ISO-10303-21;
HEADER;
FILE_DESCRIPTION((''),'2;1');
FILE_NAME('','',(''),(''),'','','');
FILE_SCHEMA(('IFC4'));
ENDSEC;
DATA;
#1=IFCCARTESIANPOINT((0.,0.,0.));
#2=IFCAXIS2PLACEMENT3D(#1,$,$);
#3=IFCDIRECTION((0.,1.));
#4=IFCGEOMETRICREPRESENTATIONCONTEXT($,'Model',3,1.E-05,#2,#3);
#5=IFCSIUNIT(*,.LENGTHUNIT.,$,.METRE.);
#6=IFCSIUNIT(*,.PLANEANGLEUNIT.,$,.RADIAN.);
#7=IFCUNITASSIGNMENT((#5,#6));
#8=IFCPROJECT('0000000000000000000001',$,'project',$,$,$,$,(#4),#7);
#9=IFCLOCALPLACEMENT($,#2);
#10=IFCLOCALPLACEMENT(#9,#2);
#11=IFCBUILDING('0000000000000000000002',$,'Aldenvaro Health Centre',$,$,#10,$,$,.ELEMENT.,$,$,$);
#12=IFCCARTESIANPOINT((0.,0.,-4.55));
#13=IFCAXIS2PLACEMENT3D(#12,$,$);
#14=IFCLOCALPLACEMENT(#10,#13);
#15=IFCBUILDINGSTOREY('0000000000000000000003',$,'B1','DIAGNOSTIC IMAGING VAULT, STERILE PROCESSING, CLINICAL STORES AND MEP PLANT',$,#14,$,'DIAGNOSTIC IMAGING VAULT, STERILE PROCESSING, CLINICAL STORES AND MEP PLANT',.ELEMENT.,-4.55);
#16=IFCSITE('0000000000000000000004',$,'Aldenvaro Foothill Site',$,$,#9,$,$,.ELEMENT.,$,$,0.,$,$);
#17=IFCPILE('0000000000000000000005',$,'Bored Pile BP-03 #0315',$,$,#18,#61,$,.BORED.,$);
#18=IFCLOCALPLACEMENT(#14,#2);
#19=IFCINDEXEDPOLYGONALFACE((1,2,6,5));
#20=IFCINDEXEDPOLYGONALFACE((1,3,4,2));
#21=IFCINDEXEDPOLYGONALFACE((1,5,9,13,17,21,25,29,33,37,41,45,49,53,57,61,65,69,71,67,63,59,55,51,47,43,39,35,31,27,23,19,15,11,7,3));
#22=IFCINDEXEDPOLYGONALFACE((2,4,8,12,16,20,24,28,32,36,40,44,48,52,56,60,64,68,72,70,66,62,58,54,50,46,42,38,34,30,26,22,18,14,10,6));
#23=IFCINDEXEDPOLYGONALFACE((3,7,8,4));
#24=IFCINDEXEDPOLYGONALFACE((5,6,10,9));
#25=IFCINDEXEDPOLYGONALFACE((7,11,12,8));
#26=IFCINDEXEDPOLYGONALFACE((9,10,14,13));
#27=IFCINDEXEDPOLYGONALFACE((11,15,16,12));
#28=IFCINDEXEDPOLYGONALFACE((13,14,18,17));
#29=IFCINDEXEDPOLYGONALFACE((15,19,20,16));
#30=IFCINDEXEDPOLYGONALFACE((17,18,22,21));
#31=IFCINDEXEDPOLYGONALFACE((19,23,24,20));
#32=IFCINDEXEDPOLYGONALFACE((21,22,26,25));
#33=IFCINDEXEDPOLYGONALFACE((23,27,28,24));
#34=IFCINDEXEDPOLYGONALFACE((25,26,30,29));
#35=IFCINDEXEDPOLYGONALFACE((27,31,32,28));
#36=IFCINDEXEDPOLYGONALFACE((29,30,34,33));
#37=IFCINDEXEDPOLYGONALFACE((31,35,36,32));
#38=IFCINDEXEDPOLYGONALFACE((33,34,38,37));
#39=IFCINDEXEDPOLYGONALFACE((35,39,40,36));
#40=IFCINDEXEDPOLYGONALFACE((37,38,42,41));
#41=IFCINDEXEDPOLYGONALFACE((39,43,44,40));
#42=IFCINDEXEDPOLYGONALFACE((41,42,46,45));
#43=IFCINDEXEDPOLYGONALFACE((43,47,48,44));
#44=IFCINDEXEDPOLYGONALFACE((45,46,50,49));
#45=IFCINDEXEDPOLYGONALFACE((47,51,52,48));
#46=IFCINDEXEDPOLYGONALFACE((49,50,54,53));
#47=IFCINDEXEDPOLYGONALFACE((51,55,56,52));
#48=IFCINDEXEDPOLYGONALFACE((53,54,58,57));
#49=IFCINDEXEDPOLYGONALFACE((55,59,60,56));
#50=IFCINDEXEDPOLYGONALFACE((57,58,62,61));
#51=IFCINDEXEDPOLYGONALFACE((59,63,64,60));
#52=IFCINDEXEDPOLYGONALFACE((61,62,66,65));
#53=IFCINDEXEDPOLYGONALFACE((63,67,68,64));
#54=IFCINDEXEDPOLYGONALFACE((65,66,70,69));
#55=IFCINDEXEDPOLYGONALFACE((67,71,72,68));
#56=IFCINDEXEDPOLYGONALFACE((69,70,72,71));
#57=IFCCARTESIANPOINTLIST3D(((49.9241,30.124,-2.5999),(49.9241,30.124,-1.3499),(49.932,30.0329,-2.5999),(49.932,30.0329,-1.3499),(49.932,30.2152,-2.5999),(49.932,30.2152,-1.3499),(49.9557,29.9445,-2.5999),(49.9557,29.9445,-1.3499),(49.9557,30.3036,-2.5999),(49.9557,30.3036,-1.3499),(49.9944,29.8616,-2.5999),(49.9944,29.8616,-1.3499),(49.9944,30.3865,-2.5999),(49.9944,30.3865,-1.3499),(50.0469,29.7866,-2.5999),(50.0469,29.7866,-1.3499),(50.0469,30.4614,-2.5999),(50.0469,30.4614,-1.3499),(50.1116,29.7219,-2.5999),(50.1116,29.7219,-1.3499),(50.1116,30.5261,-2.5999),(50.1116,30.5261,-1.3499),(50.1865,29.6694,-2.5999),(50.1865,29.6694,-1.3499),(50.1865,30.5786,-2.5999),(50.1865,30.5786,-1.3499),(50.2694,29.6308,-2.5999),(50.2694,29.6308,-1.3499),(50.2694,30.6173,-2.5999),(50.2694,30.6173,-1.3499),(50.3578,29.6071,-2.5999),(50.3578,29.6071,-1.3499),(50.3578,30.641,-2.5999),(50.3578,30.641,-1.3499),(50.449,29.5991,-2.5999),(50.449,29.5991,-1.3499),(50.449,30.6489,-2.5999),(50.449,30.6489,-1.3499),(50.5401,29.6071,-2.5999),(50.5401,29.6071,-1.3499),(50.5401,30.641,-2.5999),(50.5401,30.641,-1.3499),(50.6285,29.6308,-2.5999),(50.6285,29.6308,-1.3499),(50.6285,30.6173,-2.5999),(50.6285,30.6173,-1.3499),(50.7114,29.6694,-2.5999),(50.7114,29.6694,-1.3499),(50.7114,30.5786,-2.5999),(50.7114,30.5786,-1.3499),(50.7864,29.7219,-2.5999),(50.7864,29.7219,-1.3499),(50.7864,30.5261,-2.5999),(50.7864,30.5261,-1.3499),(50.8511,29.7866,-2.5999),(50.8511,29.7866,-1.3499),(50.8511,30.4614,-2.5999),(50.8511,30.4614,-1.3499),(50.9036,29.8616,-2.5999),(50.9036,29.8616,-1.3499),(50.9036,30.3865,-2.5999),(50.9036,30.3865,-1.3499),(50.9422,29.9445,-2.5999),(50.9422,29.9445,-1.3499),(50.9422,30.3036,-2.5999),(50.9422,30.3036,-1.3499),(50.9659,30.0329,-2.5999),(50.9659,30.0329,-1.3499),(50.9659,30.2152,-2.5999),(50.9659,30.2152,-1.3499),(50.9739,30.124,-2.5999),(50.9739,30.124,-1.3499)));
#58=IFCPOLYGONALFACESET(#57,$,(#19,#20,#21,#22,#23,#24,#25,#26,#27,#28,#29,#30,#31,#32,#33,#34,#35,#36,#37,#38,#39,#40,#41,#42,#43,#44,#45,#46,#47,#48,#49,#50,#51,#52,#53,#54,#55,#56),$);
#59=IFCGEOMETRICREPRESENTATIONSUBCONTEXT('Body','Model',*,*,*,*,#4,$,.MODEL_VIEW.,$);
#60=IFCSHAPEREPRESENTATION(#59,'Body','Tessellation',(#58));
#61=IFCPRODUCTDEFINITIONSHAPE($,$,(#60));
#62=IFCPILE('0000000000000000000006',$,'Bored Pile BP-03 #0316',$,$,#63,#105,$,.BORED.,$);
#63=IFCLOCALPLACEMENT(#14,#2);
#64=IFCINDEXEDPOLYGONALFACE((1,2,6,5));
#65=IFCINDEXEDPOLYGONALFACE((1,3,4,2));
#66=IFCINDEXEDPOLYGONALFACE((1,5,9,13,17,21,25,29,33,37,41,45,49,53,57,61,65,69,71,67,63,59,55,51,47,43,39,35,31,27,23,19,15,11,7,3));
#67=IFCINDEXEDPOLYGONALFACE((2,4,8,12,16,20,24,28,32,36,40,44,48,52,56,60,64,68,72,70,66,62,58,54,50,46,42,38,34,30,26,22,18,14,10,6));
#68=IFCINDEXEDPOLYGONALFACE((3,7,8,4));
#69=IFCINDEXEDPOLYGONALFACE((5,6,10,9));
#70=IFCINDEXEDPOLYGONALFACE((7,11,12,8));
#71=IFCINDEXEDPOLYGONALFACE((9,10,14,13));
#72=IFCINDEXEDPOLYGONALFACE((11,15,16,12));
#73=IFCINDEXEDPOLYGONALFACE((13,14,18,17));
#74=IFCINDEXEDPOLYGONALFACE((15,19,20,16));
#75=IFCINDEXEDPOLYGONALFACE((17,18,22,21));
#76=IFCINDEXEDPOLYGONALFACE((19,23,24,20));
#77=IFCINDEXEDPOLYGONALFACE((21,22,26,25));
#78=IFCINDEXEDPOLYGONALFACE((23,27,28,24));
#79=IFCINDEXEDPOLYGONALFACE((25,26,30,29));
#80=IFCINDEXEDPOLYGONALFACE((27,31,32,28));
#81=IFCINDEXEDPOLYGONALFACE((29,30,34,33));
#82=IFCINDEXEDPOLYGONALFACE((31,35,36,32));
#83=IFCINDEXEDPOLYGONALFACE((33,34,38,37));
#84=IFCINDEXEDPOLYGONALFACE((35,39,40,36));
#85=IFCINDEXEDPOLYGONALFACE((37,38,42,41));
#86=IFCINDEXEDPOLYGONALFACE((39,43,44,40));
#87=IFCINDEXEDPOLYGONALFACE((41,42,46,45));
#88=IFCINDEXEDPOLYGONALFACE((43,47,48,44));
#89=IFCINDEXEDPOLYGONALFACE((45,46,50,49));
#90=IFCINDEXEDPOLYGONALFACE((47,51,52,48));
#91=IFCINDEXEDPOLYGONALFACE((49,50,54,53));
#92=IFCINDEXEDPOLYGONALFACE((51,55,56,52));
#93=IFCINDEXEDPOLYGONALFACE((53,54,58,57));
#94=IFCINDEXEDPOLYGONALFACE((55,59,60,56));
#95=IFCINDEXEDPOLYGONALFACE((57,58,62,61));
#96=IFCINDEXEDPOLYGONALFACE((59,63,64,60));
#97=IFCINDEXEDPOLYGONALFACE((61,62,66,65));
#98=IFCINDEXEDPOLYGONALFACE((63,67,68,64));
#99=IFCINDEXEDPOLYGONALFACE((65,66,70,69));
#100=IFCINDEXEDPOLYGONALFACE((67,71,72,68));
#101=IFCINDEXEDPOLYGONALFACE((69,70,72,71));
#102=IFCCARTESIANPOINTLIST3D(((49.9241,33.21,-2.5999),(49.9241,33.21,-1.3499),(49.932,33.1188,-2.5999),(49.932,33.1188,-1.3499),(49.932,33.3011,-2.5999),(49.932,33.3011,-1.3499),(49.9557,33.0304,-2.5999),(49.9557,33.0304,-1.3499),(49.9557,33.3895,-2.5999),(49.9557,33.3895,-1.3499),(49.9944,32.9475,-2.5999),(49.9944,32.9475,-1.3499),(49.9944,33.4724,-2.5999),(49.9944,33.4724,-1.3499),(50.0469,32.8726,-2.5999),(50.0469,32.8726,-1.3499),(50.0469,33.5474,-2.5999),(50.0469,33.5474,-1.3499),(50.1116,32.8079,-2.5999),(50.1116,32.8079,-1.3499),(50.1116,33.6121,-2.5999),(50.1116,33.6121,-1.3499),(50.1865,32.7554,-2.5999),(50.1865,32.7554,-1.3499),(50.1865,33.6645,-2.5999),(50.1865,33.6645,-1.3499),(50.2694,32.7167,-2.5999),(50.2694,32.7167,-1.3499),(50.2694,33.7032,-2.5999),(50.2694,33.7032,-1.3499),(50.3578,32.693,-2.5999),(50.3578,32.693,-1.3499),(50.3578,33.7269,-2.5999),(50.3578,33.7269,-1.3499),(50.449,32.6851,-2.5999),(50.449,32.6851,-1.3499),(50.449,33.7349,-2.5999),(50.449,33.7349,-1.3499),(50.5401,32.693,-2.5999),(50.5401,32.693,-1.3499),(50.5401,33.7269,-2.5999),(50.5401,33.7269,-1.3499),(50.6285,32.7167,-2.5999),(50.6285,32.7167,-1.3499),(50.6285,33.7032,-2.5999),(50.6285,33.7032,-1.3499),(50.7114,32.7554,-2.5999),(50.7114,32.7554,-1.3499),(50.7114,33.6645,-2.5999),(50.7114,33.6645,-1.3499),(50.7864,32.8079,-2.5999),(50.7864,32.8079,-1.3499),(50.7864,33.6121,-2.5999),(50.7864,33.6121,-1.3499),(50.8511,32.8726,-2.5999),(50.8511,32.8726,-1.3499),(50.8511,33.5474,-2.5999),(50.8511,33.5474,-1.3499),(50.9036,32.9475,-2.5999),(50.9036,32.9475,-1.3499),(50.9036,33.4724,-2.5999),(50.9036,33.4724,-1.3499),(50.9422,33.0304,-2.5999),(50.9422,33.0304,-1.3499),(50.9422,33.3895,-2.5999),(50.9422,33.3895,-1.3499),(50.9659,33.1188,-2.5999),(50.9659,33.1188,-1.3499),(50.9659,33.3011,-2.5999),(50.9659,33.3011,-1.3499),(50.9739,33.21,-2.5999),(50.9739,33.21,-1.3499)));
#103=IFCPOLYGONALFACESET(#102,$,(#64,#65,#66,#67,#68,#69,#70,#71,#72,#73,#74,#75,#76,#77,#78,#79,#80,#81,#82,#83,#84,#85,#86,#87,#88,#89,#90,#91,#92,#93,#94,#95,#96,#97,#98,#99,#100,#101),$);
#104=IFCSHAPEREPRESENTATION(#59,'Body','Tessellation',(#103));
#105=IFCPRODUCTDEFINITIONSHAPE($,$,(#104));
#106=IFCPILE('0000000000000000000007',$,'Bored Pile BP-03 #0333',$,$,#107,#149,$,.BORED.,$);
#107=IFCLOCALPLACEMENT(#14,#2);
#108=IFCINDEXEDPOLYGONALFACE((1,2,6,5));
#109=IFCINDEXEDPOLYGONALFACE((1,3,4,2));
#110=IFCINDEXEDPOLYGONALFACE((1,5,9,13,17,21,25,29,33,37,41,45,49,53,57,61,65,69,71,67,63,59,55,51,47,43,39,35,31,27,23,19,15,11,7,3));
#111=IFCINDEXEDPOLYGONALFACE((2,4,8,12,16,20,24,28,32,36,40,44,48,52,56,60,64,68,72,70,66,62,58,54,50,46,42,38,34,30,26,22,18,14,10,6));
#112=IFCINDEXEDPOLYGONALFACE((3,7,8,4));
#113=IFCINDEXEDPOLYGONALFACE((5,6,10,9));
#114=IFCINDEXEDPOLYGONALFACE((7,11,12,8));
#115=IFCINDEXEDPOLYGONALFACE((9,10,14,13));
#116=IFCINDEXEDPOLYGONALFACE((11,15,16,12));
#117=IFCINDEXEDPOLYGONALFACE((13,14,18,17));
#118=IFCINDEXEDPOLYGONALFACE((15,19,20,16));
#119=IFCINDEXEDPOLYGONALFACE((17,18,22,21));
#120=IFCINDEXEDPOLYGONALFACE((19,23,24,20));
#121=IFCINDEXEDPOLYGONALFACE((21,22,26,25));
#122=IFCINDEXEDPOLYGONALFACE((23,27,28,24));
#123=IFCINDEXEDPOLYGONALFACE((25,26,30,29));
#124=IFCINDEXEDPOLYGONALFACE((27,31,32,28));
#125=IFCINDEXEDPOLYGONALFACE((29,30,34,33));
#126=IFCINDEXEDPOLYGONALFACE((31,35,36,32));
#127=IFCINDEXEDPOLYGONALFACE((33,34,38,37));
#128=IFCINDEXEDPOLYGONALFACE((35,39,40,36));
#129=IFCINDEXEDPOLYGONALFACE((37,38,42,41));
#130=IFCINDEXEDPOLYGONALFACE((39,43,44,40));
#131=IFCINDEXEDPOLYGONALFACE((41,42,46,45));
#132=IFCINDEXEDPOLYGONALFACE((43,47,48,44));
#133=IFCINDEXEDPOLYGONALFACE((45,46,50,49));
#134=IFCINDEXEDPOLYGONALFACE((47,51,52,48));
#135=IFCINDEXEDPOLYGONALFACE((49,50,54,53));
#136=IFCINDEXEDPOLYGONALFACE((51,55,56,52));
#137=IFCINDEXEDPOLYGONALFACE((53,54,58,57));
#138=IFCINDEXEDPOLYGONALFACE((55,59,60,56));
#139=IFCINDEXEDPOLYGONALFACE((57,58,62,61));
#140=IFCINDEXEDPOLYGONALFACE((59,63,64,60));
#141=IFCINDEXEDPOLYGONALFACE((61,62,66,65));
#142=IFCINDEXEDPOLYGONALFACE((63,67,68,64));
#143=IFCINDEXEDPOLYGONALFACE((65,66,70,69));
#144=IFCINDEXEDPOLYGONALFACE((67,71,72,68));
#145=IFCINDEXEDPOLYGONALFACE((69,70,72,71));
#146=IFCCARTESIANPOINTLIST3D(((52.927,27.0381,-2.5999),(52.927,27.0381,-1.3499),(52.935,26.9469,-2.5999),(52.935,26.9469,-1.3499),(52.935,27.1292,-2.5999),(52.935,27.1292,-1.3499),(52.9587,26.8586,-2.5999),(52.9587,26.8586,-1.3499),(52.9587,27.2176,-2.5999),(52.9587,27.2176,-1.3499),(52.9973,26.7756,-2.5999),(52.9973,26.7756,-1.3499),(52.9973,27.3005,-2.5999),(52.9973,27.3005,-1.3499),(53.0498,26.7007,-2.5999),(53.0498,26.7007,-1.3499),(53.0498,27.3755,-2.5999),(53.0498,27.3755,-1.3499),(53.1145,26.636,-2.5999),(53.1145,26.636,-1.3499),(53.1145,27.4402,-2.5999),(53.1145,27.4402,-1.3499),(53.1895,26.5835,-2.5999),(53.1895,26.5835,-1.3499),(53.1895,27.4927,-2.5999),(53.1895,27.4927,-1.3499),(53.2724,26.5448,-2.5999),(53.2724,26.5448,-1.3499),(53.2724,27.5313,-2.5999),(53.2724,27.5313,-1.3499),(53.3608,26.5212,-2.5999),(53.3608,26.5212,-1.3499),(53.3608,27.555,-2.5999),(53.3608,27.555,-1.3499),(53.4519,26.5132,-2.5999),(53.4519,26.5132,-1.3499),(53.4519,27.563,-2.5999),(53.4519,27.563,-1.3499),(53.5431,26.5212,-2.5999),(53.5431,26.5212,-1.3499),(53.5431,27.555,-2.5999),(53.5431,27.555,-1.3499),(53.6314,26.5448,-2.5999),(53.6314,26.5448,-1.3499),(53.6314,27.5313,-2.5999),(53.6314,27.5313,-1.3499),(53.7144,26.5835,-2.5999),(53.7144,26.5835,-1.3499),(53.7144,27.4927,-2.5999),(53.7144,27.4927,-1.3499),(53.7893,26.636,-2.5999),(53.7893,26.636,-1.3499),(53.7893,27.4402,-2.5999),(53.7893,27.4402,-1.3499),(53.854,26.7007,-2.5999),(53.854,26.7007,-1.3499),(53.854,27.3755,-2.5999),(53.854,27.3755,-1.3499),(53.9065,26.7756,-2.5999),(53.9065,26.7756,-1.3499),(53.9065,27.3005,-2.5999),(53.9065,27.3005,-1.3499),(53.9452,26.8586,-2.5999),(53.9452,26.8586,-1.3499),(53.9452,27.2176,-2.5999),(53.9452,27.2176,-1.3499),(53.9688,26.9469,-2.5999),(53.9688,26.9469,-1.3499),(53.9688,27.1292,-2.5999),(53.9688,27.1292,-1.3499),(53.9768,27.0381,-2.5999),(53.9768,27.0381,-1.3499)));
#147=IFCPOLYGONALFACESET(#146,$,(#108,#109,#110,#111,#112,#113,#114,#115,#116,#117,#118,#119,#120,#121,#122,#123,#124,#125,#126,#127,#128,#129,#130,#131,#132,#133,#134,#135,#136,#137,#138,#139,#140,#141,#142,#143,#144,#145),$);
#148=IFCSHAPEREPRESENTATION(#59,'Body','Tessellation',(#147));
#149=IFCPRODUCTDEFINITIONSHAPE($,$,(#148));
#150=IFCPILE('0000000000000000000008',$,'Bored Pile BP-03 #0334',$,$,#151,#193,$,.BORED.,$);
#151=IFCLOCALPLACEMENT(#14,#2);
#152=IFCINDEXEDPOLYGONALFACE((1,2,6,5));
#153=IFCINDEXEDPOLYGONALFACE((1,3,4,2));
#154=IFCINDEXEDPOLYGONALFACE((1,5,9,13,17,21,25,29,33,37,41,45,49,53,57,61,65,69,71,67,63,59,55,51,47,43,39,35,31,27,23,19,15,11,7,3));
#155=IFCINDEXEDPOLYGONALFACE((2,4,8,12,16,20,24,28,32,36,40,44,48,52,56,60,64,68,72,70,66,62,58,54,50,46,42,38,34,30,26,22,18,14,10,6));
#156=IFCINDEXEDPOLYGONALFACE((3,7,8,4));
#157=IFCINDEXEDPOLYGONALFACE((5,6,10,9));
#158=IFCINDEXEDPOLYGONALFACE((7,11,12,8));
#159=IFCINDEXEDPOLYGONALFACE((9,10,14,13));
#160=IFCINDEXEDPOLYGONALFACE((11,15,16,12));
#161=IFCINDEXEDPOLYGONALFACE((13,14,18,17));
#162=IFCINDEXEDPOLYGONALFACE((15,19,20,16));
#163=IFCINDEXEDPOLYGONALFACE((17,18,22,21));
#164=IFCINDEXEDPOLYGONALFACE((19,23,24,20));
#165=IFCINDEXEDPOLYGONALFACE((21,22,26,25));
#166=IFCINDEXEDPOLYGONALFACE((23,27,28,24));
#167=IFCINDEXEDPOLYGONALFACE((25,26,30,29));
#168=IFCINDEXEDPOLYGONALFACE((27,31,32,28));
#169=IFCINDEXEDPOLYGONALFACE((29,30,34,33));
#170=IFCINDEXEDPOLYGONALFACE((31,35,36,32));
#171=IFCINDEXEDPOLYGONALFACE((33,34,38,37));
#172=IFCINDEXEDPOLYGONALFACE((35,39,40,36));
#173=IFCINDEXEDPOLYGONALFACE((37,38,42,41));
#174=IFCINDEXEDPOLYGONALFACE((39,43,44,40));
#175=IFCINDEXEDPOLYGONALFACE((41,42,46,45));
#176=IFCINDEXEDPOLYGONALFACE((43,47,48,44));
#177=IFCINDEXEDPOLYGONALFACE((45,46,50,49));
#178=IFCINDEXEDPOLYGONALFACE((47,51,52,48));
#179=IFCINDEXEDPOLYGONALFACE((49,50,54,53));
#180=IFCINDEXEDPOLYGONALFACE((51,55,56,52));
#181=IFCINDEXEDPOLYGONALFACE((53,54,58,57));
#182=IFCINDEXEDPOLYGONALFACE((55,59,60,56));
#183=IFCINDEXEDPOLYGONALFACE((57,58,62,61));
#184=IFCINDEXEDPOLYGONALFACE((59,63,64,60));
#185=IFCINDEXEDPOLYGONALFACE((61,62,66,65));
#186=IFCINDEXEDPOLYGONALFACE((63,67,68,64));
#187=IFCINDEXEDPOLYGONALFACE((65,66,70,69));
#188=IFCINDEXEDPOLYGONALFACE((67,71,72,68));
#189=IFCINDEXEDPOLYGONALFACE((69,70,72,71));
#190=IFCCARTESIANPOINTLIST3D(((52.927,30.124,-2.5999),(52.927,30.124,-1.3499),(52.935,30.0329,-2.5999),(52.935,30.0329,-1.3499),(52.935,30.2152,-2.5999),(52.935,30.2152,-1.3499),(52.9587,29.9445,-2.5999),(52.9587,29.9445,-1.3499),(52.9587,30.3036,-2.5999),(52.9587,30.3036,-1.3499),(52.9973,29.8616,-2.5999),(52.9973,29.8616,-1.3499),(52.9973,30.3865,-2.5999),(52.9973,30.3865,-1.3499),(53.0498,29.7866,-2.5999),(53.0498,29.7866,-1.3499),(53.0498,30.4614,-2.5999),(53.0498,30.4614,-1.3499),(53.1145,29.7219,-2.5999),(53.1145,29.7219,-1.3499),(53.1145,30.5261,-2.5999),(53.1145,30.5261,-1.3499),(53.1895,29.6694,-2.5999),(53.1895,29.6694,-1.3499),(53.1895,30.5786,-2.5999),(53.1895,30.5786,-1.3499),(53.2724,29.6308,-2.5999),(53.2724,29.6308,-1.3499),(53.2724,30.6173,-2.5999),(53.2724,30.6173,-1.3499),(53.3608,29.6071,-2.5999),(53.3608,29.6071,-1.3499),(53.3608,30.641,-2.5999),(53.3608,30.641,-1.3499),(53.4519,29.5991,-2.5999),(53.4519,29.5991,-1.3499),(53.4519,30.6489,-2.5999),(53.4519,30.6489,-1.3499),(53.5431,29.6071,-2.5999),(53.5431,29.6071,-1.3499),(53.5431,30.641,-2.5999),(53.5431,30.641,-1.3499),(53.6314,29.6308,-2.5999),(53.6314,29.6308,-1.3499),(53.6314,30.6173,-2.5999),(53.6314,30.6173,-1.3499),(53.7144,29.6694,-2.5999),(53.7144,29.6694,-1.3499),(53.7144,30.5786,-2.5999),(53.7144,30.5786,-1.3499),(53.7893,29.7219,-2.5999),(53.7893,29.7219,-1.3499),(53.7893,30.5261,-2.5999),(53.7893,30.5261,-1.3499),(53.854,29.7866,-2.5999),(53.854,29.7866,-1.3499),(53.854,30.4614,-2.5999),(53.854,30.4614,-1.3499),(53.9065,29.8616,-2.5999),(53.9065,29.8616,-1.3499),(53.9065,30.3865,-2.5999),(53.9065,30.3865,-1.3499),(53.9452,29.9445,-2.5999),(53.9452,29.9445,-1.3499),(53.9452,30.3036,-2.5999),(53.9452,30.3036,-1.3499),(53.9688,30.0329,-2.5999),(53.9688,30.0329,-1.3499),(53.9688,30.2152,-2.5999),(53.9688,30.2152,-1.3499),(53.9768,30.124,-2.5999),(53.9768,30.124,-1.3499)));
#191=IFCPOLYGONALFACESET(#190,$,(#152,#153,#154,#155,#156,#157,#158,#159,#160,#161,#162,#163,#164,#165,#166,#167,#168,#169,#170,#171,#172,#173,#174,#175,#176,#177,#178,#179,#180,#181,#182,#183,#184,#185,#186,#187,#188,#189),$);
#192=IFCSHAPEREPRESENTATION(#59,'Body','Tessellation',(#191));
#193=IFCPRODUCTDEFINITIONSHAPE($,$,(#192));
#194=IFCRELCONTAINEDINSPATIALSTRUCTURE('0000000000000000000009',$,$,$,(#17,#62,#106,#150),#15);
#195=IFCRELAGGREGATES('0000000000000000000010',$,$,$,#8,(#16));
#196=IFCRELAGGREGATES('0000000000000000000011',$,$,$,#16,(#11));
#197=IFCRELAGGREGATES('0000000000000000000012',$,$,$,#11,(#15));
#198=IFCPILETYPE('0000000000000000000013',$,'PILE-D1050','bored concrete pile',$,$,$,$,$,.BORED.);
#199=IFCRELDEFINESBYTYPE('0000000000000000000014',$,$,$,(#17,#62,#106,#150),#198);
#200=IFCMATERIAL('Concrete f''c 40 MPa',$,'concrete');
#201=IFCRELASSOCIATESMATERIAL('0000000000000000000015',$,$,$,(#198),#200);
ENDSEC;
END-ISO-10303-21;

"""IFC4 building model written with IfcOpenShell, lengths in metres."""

from ifc_helpers import new_model, si_unit, direction, frame, origin, origin_2d, place, context, subcontext, project, spatial, circle, extrude, material, material_profile, profile_set, type_object, element, save


model = new_model("IFC4")

# Units and contexts
model_context = context("Model", 3, precision=1e-05, world=origin(), true_north=direction((0.0, 1.0)))
body_context = subcontext(model_context, "Body", "Model", "MODEL_VIEW")
ifc_project = project(units=[si_unit("LENGTHUNIT", "METRE"), si_unit("PLANEANGLEUNIT", "RADIAN")], contexts=[model_context])

# Site, building, storey
site_placement = place(None, origin())
site = spatial("IfcSite", under=ifc_project, at=site_placement, Name="Aldenvaro Foothill Site", CompositionType="ELEMENT", RefElevation=0.0)
building_placement = place(site_placement, origin())
building = spatial("IfcBuilding", under=site, at=building_placement, Name="Aldenvaro Health Centre", CompositionType="ELEMENT")
storey_placement = place(building_placement, frame((0.0, 0.0, -4.55)))
storey = spatial("IfcBuildingStorey", under=building, at=storey_placement, Name="B1", Description="DIAGNOSTIC IMAGING VAULT, STERILE PROCESSING, CLINICAL STORES AND MEP PLANT", LongName="DIAGNOSTIC IMAGING VAULT, STERILE PROCESSING, CLINICAL STORES AND MEP PLANT", CompositionType="ELEMENT", Elevation=-4.55)

# Piles
ifc_material = material(Name="Concrete f'c 40 MPa", Category="concrete")
ifc_material_profile_1 = material_profile(ifc_material, circle(Radius=0.5249, at=origin_2d()), Name="PILE D1050", Category="concrete")
ifc_profile_set_1 = profile_set([ifc_material_profile_1], Name="Concrete f'c 40 MPa")
pile_type = type_object("IfcPileType", Name="PILE-D1050", Description="bored concrete pile", PredefinedType="BORED", material=ifc_profile_set_1)
for number, where, z_axis, x_axis, name in (
    (1, (50.449, 30.124, -1.3499), (0.0, 0.0, -1.0), (1.0, 0.0, 0.0), "Bored Pile BP-03 #0315"),
    (2, (50.449, 33.21, -1.3499), (0.0, 0.0, -1.0), (1.0, 0.0, 0.0), "Bored Pile BP-03 #0316"),
    (3, (53.4519, 27.0381, -1.3499), (0.0, 0.0, -1.0), (1.0, 0.0, 0.0), "Bored Pile BP-03 #0333"),
    (4, (53.4519, 30.124, -1.3499), (0.0, 0.0, -1.0), (1.0, 0.0, 0.0), "Bored Pile BP-03 #0334"),
):
    element("IfcPile", number, at=place(storey_placement, frame(where, z_axis=z_axis, x_axis=x_axis)), inside=storey, type_object=pile_type, Name=name, PredefinedType="BORED", context=body_context, shape_type="SweptSolid", body=[
        extrude(circle(Radius=0.5249, at=origin_2d()), origin(), (0.0, 0.0, 1.0), 1.25),
    ])

save(model, "model.ifc")
